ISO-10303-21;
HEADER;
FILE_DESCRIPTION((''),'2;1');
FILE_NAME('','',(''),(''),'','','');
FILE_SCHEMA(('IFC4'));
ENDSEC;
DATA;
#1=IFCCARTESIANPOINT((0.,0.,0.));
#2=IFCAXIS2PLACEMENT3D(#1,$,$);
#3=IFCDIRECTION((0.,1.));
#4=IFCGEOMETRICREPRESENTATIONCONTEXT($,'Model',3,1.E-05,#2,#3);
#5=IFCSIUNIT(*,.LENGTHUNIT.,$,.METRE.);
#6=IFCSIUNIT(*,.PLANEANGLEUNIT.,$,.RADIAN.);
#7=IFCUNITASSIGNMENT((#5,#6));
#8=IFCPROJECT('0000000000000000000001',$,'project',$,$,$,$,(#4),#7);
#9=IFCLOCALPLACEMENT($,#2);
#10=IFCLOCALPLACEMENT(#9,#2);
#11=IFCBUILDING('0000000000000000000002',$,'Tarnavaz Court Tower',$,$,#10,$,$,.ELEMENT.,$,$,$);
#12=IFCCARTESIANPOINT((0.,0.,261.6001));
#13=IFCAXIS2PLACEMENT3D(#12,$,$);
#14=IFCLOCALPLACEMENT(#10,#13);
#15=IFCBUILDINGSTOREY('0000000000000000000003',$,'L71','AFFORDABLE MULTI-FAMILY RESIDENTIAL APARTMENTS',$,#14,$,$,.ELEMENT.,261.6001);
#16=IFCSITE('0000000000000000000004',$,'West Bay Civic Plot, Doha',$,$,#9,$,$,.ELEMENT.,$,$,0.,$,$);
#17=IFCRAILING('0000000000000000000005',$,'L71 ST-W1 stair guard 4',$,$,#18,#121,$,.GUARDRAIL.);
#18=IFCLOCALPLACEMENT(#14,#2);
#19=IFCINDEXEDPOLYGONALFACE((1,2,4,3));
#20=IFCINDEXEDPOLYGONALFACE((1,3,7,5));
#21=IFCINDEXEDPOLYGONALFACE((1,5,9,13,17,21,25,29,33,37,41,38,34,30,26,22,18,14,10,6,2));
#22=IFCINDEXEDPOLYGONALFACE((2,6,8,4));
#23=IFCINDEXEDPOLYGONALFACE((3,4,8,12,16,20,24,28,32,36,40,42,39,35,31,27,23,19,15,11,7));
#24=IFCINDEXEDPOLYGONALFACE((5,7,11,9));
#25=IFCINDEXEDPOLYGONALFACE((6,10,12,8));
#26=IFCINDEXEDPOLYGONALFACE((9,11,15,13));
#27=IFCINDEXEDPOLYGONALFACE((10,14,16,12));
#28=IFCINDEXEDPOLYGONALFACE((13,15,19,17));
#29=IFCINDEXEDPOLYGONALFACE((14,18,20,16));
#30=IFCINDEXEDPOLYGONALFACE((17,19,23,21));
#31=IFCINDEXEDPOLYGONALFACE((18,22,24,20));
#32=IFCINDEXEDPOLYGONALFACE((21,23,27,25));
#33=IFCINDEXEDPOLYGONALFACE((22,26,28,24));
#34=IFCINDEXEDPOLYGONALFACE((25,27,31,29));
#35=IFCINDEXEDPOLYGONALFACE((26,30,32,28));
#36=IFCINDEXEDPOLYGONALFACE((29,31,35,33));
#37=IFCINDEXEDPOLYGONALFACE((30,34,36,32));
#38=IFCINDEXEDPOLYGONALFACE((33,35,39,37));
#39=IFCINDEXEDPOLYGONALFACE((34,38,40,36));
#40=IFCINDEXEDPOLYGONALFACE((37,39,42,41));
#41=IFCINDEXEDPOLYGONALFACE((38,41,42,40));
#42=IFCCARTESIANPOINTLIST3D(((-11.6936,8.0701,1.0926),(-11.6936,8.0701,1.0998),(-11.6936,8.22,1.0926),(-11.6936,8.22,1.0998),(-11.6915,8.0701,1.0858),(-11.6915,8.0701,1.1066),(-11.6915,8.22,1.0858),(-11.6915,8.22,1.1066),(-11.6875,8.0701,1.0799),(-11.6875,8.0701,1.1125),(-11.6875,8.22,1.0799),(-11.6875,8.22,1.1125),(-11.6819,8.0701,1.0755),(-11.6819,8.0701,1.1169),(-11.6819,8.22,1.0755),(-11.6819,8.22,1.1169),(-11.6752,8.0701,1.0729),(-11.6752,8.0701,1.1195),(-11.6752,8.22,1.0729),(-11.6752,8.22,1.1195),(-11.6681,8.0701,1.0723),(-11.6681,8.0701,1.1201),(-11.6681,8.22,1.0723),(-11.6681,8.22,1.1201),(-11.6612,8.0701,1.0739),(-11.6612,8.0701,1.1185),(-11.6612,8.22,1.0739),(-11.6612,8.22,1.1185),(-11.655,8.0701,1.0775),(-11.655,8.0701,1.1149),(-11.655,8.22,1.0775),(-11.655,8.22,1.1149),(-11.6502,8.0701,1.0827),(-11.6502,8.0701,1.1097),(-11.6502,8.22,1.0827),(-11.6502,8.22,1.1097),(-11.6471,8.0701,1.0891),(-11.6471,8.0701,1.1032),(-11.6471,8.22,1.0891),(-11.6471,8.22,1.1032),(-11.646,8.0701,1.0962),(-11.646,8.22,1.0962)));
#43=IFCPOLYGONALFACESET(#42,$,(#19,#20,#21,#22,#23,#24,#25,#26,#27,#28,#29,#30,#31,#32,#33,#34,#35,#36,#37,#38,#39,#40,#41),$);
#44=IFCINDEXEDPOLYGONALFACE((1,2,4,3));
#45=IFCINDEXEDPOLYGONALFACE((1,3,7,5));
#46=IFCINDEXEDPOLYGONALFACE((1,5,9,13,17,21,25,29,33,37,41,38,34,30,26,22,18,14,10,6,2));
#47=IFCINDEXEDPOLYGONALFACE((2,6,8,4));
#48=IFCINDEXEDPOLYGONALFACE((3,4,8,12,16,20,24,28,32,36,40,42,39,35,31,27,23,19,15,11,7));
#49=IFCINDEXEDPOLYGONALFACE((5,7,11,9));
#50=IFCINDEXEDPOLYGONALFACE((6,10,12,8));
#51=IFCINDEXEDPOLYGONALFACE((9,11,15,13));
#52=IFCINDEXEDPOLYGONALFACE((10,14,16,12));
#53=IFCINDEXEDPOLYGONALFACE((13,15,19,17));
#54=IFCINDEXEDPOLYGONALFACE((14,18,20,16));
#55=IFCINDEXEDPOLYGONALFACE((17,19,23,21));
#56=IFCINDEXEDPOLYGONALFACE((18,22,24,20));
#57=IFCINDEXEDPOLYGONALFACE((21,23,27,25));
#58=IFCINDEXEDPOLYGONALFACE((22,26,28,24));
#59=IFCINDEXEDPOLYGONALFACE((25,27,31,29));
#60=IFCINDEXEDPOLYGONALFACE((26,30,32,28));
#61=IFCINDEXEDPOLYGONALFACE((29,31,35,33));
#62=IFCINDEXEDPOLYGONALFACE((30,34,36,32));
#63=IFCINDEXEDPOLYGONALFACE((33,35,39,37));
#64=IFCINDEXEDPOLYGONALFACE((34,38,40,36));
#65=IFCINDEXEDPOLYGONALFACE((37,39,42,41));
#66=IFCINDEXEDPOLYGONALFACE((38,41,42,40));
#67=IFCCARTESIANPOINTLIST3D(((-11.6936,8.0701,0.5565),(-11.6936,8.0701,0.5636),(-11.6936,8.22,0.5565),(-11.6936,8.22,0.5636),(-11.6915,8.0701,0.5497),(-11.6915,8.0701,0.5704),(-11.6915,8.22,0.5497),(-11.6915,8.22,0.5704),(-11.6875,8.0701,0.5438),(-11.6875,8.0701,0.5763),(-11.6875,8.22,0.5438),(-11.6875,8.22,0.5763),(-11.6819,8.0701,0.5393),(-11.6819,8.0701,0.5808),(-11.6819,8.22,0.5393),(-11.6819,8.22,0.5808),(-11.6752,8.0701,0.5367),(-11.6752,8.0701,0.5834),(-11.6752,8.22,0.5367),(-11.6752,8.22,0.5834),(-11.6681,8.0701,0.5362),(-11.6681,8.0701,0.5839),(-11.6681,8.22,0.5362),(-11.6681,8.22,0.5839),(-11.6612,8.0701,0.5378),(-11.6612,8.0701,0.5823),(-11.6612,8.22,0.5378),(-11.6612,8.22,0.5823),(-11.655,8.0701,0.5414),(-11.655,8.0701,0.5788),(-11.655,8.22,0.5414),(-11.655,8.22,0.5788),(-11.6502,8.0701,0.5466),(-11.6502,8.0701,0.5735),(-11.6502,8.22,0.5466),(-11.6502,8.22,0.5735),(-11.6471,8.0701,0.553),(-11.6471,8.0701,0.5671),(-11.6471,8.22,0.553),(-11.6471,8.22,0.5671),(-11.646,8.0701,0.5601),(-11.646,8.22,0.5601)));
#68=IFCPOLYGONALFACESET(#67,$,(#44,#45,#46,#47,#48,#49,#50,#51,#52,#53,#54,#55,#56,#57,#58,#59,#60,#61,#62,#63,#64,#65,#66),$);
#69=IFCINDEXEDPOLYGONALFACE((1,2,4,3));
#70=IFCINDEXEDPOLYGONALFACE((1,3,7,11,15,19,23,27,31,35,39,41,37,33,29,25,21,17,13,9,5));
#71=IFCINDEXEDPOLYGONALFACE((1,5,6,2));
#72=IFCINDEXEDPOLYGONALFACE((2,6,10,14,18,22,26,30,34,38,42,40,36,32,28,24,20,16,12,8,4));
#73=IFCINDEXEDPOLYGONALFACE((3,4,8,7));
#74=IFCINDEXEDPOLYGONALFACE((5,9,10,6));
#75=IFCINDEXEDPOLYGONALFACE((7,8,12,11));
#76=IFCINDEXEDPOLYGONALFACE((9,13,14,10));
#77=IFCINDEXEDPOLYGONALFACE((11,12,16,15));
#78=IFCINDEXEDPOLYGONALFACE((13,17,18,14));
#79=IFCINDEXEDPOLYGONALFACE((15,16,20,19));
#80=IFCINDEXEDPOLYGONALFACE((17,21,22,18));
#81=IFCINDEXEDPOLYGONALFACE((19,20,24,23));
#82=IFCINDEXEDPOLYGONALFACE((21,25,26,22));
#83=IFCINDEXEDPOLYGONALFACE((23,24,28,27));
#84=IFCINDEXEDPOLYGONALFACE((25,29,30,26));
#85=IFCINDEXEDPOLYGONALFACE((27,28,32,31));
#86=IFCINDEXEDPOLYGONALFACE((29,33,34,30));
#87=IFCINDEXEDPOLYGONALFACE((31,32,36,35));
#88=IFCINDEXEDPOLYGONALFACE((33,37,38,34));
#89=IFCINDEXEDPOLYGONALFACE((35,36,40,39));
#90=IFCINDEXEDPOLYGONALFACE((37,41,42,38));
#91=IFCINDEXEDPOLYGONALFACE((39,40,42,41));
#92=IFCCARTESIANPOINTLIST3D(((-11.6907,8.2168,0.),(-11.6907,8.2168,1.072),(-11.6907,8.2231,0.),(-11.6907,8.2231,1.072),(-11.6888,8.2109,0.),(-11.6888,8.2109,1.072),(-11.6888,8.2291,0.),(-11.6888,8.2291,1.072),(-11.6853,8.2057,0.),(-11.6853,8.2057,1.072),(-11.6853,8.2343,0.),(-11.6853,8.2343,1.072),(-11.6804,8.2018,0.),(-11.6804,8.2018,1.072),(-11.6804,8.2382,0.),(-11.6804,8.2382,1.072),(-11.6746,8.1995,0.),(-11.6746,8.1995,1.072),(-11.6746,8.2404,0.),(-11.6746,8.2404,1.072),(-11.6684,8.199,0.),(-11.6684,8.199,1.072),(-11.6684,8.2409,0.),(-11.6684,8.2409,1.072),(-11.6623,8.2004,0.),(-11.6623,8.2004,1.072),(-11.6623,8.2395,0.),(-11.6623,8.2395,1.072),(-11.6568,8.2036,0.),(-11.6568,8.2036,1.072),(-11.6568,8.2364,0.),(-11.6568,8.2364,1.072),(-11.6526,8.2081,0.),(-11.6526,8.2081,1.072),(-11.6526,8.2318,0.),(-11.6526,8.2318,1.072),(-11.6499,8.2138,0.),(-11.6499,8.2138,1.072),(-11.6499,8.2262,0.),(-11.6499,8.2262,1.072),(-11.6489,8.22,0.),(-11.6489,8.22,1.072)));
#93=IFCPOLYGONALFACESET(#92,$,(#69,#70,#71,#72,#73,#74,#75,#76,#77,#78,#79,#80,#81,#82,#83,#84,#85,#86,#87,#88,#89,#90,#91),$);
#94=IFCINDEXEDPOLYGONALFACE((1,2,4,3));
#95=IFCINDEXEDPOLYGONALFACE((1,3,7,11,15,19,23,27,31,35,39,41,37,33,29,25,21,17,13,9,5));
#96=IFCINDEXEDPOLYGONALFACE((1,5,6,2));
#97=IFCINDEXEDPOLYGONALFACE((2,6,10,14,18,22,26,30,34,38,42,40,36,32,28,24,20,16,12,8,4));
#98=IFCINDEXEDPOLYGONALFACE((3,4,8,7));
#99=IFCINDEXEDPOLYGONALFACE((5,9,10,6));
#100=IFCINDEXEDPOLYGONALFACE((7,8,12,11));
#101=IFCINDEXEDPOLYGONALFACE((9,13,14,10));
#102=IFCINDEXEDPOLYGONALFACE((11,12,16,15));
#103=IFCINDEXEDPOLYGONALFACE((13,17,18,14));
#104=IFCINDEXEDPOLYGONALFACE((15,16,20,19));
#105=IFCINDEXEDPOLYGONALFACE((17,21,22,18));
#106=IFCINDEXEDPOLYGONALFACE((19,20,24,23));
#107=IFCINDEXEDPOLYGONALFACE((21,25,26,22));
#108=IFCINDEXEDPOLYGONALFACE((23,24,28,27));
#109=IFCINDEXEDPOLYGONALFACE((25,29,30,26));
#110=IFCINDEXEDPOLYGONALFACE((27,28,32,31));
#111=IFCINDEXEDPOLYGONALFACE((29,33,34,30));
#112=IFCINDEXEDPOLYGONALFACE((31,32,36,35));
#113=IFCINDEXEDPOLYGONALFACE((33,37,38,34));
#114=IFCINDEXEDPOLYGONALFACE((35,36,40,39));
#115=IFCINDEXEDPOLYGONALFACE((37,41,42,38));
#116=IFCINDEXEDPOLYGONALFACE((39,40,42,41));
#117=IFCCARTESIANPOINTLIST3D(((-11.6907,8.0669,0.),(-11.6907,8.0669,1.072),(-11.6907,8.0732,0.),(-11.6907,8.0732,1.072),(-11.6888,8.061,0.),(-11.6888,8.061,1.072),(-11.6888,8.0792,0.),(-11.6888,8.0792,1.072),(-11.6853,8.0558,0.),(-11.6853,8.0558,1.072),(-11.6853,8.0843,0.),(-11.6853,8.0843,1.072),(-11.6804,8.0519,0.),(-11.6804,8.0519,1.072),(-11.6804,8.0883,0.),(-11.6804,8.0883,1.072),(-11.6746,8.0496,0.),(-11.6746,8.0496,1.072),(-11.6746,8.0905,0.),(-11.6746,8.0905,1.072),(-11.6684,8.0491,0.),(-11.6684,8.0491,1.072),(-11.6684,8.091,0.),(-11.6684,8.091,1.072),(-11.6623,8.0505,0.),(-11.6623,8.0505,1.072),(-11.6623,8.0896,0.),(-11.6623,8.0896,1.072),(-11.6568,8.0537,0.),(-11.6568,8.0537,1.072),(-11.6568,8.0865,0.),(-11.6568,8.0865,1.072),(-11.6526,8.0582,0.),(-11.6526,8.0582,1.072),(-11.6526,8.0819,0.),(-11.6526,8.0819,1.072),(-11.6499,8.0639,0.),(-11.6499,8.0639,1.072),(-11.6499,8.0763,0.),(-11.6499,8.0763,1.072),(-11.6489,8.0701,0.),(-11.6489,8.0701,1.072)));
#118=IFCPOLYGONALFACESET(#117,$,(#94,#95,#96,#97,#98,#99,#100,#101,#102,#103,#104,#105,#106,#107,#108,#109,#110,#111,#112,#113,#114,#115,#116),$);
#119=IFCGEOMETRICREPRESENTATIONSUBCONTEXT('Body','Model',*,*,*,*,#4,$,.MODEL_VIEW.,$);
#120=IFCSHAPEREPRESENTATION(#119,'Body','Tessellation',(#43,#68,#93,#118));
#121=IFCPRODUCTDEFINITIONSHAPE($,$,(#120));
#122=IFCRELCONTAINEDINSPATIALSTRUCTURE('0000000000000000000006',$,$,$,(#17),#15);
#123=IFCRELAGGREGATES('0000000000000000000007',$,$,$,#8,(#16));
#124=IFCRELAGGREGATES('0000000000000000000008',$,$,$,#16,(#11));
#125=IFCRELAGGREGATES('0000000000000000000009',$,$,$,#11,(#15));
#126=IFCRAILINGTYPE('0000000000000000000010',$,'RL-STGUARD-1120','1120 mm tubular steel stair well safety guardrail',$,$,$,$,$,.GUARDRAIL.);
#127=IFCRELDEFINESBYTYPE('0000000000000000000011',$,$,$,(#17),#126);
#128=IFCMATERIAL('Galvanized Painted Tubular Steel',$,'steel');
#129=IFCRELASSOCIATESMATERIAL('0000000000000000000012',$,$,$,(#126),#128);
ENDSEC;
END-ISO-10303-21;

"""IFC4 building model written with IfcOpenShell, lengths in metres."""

from ifc_helpers import new_model, si_unit, direction, frame, origin, origin_2d, place, context, subcontext, project, spatial, circle, extrude, material, type_object, element, save


model = new_model("IFC4")

# Units and contexts
model_context = context("Model", 3, precision=1e-05, world=origin(), true_north=direction((0.0, 1.0)))
body_context = subcontext(model_context, "Body", "Model", "MODEL_VIEW")
ifc_project = project(units=[si_unit("LENGTHUNIT", "METRE"), si_unit("PLANEANGLEUNIT", "RADIAN")], contexts=[model_context])

# Site, building, storey
site_placement = place(None, origin())
site = spatial("IfcSite", under=ifc_project, at=site_placement, Name="West Bay Civic Plot, Doha", CompositionType="ELEMENT", RefElevation=0.0)
building_placement = place(site_placement, origin())
building = spatial("IfcBuilding", under=site, at=building_placement, Name="Tarnavaz Court Tower", CompositionType="ELEMENT")
storey_placement = place(building_placement, frame((0.0, 0.0, 261.6001)))
storey = spatial("IfcBuildingStorey", under=building, at=storey_placement, Name="L71", Description="AFFORDABLE MULTI-FAMILY RESIDENTIAL APARTMENTS", CompositionType="ELEMENT", Elevation=261.6001)

# Railing
ifc_material_1 = material(Name="Galvanized Painted Tubular Steel", Category="steel")
railing_type_1 = type_object("IfcRailingType", Name="RL-STGUARD-1120", Description="1120 mm tubular steel stair well safety guardrail", PredefinedType="GUARDRAIL", material=ifc_material_1)
railing_1_placement = place(storey_placement, frame((-11.6699, 8.22, 0.0)))
element("IfcRailing", 1, at=railing_1_placement, inside=storey, type_object=railing_type_1, Name="L71 ST-W1 stair guard 4", PredefinedType="GUARDRAIL", context=body_context, shape_type="SweptSolid", body=[
    extrude(circle(Radius=0.0239, at=origin_2d()), frame((0.0, 0.0, 1.0962), z_axis=(0.0, -1.0, 0.0), x_axis=(1.0, 0.0, 0.0)), (0.0, 0.0, 1.0), 0.1499),
    extrude(circle(Radius=0.0239, at=origin_2d()), frame((0.0, 0.0, 0.5601), z_axis=(0.0, -1.0, 0.0), x_axis=(1.0, 0.0, 0.0)), (0.0, 0.0, 1.0), 0.1499),
    extrude(circle(Radius=0.021, at=origin_2d()), origin(), (0.0, 0.0, 1.0), 1.072),
    extrude(circle(Radius=0.021, at=origin_2d()), frame((0.0, -0.1499, 0.0)), (0.0, 0.0, 1.0), 1.072),
])

save(model, "model.ifc")
